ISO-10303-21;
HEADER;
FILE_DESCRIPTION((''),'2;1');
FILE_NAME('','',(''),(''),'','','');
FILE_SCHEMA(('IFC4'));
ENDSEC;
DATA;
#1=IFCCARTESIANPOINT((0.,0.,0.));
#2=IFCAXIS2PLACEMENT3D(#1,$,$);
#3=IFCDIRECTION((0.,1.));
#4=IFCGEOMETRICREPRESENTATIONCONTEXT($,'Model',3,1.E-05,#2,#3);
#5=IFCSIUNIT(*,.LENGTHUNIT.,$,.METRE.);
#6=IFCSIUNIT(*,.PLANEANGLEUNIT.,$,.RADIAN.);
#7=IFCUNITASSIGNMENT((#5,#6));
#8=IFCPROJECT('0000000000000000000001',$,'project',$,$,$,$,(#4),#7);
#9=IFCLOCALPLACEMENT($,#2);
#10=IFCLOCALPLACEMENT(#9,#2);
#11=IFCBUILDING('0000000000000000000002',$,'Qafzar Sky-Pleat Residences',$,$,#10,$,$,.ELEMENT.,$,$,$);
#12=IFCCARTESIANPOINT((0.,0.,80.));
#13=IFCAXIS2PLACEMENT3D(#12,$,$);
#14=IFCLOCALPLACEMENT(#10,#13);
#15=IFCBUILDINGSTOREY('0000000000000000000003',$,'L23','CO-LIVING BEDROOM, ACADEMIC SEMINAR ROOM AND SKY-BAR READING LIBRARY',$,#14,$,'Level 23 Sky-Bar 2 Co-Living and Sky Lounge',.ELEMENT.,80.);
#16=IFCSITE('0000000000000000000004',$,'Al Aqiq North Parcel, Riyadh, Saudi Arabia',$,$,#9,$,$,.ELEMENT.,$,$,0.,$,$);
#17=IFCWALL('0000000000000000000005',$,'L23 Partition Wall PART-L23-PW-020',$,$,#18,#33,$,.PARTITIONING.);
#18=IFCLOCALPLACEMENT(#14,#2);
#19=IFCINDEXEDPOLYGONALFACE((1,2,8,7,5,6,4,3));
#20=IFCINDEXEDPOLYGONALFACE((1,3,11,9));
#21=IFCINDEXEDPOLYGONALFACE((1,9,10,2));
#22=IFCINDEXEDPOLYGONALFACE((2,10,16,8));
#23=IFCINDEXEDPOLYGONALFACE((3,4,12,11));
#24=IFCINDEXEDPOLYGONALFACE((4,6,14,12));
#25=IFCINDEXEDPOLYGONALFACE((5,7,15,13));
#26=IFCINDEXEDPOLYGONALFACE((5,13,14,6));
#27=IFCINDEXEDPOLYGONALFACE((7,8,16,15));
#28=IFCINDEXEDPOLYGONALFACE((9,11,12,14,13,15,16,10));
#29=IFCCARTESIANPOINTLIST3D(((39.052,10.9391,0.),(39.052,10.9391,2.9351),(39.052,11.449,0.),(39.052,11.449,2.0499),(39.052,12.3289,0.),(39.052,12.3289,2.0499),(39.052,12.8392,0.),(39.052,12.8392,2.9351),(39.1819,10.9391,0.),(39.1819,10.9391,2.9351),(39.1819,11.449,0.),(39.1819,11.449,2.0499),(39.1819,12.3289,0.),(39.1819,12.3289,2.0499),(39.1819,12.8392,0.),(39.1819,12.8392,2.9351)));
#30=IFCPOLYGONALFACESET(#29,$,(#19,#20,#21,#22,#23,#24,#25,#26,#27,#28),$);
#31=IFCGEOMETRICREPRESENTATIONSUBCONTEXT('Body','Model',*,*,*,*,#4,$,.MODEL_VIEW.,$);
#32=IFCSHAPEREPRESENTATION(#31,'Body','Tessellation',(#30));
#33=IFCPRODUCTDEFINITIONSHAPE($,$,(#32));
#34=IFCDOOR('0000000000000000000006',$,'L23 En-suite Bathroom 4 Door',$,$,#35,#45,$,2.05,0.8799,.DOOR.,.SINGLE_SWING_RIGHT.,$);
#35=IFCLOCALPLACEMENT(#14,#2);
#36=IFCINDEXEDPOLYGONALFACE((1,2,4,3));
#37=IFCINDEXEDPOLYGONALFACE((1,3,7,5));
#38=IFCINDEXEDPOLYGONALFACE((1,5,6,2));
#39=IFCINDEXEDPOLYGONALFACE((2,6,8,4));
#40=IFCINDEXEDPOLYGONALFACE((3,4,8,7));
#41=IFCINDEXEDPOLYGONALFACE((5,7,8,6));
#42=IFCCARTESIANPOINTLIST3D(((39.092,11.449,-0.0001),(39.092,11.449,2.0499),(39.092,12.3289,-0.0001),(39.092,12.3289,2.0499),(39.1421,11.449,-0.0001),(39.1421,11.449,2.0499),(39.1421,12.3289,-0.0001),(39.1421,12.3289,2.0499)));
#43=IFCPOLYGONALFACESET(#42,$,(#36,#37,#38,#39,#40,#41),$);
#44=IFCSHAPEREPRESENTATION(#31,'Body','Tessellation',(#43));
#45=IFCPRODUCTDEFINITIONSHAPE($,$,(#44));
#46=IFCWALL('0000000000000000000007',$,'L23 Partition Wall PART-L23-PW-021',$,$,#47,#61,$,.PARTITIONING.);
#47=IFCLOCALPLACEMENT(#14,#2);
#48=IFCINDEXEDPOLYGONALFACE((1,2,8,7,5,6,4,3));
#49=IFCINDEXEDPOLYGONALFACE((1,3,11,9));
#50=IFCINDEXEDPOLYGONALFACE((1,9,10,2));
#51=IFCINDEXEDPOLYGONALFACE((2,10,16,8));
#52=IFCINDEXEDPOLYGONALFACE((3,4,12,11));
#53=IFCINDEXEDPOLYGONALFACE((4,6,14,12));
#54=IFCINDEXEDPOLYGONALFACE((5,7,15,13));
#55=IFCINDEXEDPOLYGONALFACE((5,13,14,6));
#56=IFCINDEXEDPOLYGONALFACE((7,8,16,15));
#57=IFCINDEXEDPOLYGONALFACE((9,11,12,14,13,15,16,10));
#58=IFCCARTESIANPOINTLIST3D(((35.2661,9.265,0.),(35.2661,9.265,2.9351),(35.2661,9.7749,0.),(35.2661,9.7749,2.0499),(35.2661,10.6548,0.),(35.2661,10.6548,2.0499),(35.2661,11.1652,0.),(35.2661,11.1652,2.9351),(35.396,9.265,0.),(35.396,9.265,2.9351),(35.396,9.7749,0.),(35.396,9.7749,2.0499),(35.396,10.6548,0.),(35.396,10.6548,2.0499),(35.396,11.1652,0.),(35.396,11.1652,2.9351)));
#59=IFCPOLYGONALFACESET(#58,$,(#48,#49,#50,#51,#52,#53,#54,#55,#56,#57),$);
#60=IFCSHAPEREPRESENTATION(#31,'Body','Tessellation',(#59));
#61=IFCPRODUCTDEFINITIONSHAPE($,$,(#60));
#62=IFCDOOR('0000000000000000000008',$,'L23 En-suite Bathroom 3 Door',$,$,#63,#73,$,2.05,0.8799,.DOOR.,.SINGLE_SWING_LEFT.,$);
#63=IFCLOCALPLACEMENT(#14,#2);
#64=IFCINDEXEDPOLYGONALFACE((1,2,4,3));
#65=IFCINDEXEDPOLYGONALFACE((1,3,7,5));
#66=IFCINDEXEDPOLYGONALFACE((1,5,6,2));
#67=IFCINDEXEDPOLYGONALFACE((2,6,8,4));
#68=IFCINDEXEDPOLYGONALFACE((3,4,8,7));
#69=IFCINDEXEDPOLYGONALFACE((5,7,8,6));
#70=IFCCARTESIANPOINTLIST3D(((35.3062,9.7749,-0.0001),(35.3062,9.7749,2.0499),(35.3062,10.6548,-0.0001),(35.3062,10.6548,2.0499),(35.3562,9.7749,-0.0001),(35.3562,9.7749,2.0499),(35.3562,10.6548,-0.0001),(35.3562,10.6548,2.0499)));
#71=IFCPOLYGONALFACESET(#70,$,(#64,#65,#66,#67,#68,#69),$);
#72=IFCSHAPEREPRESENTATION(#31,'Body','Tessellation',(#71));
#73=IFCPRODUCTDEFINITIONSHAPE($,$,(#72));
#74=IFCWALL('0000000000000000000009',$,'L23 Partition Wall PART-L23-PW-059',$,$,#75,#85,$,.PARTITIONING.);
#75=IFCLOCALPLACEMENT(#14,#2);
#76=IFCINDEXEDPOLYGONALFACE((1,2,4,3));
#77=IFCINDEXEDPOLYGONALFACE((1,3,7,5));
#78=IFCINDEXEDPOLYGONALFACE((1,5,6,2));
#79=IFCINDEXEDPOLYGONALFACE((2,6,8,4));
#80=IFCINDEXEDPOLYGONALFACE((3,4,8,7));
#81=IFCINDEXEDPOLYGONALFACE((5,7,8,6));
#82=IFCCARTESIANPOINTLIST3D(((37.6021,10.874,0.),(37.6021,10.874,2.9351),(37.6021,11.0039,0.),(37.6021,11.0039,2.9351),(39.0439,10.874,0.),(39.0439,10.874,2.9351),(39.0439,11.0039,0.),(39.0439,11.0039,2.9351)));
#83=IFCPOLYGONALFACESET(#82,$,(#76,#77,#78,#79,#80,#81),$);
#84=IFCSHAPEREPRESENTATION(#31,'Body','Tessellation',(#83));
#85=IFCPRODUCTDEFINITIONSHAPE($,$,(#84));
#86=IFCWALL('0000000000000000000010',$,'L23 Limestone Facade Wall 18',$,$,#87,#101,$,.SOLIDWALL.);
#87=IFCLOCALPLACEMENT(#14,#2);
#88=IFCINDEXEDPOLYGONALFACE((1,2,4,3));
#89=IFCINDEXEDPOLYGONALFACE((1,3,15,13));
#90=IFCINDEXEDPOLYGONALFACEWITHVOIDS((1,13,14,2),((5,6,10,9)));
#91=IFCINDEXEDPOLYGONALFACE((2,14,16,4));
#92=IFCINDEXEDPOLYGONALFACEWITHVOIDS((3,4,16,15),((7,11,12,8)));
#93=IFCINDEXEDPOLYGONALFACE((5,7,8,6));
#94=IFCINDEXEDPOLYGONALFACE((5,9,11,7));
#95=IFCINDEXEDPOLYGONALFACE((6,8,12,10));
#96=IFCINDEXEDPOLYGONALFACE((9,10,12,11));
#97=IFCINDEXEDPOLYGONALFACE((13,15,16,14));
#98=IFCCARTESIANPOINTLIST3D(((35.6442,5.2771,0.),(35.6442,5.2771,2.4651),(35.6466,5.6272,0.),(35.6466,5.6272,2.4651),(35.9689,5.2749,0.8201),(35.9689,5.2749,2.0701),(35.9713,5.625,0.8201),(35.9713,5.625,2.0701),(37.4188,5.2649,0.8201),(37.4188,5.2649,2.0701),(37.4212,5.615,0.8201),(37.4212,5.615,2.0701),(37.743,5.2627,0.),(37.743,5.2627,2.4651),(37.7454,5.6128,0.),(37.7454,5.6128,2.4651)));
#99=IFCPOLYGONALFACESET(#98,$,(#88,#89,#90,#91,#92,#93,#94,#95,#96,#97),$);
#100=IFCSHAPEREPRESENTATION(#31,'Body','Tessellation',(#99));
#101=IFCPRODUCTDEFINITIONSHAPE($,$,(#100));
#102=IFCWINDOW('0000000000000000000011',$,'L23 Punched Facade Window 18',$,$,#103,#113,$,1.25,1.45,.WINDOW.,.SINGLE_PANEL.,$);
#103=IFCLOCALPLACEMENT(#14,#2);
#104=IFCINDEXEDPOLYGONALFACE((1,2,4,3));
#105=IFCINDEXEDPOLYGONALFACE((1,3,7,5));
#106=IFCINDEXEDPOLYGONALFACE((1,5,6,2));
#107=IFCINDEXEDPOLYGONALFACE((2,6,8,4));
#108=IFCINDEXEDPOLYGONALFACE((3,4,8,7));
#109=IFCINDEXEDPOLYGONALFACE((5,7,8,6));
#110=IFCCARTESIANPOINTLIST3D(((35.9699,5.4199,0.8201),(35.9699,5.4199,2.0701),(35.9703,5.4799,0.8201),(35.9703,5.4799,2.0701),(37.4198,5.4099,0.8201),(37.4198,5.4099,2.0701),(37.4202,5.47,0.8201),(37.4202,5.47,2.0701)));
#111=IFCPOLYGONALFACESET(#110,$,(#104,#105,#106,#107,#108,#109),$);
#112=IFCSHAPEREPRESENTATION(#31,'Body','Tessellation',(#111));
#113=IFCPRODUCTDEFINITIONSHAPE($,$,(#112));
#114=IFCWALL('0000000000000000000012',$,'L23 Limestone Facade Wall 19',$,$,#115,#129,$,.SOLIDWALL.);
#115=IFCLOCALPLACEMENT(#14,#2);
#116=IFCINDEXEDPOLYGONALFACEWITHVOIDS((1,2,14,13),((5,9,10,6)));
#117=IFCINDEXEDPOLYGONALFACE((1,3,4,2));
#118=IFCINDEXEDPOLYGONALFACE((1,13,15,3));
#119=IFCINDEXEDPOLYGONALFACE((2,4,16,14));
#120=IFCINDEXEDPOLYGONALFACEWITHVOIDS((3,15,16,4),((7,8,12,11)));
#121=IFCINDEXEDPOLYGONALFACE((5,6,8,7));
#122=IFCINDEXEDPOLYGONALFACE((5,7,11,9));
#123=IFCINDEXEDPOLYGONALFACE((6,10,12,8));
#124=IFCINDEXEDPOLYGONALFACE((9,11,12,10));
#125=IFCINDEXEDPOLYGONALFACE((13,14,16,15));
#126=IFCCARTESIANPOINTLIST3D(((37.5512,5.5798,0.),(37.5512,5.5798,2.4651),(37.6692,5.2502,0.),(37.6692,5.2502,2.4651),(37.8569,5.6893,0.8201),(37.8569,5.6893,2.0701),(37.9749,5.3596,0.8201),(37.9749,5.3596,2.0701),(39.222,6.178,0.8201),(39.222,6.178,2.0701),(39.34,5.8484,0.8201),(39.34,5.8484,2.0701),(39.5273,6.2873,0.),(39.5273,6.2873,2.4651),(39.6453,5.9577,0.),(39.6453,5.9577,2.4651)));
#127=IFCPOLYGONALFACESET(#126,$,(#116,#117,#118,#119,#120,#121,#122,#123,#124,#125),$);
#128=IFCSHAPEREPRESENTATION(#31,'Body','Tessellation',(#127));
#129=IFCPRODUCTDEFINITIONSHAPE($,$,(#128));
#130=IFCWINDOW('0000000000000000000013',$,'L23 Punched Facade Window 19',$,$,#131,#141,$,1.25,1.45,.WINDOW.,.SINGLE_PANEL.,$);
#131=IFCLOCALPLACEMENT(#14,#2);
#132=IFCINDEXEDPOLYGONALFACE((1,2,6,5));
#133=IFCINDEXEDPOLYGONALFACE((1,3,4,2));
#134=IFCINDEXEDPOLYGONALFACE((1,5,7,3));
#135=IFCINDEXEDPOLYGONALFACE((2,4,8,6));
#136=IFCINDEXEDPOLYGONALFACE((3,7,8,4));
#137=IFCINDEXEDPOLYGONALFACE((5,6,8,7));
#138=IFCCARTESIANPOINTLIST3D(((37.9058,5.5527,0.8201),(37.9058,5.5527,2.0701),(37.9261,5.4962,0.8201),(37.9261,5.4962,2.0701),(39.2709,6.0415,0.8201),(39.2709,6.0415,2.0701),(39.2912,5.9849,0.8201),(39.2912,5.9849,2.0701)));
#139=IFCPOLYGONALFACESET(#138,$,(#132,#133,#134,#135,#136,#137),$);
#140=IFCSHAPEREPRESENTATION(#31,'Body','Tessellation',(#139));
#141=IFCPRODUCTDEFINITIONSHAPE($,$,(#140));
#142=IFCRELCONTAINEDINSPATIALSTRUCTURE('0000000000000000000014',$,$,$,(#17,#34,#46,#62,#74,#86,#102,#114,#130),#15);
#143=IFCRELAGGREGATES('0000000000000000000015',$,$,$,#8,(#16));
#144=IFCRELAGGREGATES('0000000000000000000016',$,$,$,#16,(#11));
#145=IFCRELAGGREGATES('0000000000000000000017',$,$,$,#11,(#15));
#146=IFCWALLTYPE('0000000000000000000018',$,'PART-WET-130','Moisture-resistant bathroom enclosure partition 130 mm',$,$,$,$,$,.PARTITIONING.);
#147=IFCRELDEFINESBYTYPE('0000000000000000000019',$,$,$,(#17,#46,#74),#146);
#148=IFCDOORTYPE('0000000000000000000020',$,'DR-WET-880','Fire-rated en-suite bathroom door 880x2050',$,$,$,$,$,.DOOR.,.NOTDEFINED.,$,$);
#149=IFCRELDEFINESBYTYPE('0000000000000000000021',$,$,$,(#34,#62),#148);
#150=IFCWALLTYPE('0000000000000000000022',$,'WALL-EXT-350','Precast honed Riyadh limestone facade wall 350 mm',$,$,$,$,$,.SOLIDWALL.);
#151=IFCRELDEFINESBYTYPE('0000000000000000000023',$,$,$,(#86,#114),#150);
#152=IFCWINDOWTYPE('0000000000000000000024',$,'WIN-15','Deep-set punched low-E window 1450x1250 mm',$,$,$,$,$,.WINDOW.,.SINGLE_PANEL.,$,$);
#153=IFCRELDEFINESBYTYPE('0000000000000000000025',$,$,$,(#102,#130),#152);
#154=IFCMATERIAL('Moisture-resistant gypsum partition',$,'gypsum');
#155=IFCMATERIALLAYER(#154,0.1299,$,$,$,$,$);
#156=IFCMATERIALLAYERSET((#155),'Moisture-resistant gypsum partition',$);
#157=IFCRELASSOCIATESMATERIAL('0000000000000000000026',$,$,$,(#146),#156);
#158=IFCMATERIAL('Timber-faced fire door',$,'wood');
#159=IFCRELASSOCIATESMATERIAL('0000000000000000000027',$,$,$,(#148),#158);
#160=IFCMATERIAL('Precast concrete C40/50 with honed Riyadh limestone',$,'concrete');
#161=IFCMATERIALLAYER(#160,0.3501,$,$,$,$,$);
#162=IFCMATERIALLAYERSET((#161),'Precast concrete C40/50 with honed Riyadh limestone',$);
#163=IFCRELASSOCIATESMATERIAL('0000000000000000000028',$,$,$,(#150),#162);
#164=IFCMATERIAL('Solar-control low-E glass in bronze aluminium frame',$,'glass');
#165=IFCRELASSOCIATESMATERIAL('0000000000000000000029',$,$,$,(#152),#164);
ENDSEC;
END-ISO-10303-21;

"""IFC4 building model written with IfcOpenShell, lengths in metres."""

from ifc_helpers import new_model, si_unit, direction, frame, frame_2d, origin, place, context, subcontext, project, spatial, rectangle, extrude, source, transform, mapped, material, layer, layer_set, type_object, element, fill, save


model = new_model("IFC4")

# Units and contexts
model_context = context("Model", 3, precision=1e-05, world=origin(), true_north=direction((0.0, 1.0)))
body_context = subcontext(model_context, "Body", "Model", "MODEL_VIEW")
ifc_project = project(units=[si_unit("LENGTHUNIT", "METRE"), si_unit("PLANEANGLEUNIT", "RADIAN")], contexts=[model_context])

# Site, building, storey
site_placement = place(None, origin())
site = spatial("IfcSite", under=ifc_project, at=site_placement, Name="Al Aqiq North Parcel, Riyadh, Saudi Arabia", CompositionType="ELEMENT", RefElevation=0.0)
building_placement = place(site_placement, origin())
building = spatial("IfcBuilding", under=site, at=building_placement, Name="Qafzar Sky-Pleat Residences", CompositionType="ELEMENT")
storey_placement = place(building_placement, frame((0.0, 0.0, 80.0)))
storey = spatial("IfcBuildingStorey", under=building, at=storey_placement, Name="L23", Description="CO-LIVING BEDROOM, ACADEMIC SEMINAR ROOM AND SKY-BAR READING LIBRARY", LongName="Level 23 Sky-Bar 2 Co-Living and Sky Lounge", CompositionType="ELEMENT", Elevation=80.0)

# Walls, openings, doors
ifc_material_1 = material(Name="Moisture-resistant gypsum partition", Category="gypsum")
ifc_layer_1 = layer(ifc_material_1, 0.1299)
ifc_layer_set_1 = layer_set([ifc_layer_1], Name="Moisture-resistant gypsum partition")
wall_type_1 = type_object("IfcWallType", Name="PART-WET-130", Description="Moisture-resistant bathroom enclosure partition 130 mm", PredefinedType="PARTITIONING", material=ifc_layer_set_1)
wall_1_placement = place(storey_placement, frame((39.1169, 10.939, 0.0), z_axis=(0.0, 0.0, 1.0), x_axis=(0.0, 1.0, 0.0)))
wall_1 = element("IfcWall", 1, at=wall_1_placement, inside=storey, type_object=wall_type_1, Name="L23 Partition Wall PART-L23-PW-020", PredefinedType="PARTITIONING", context=body_context, shape_type="SweptSolid", body=[
    extrude(rectangle(XDim=1.9001, YDim=0.1299, at=frame_2d((0.9502, 0.0))), origin(), (0.0, 0.0, 1.0), 2.9351),
])
opening_1_placement = place(wall_1_placement, frame((0.51, 0.0, 0.0)))
opening_1 = element("IfcOpeningElement", 2, at=opening_1_placement, cuts=wall_1, PredefinedType="OPENING", context=body_context, shape_type="SweptSolid", body=[
    extrude(rectangle(XDim=0.8799, YDim=2.05, at=frame_2d((0.4399, 1.0249))), frame((0.0, 0.075, 0.0), z_axis=(0.0, -1.0, 0.0), x_axis=(1.0, 0.0, 0.0)), (0.0, 0.0, 1.0), 0.1499),
])
ifc_material_2 = material(Name="Timber-faced fire door", Category="wood")
door_type = type_object("IfcDoorType", Name="DR-WET-880", Description="Fire-rated en-suite bathroom door 880x2050", OperationType="NOTDEFINED", PredefinedType="DOOR", material=ifc_material_2)
shared_shape_1 = source(origin(), body_context, "Body", "SweptSolid", [
    extrude(rectangle(XDim=0.8799, YDim=2.05, at=frame_2d((0.4399, 1.0249))), frame((0.0, 0.0249, 0.0), z_axis=(0.0, -1.0, 0.0), x_axis=(1.0, 0.0, 0.0)), (0.0, 0.0, 1.0), 0.05),
])
door_1_placement = place(opening_1_placement, origin())
door_1 = element("IfcDoor", 3, at=door_1_placement, inside=storey, type_object=door_type, Name="L23 En-suite Bathroom 4 Door", OperationType="SINGLE_SWING_RIGHT", OverallHeight=2.05, OverallWidth=0.8799, PredefinedType="DOOR", context=body_context, shape_type="MappedRepresentation", body=[
    mapped(shared_shape_1, transform((0.0, 0.0, 0.0), x_axis=(1.0, 0.0, 0.0), y_axis=(0.0, 1.0, 0.0), z_axis=(0.0, 0.0, 1.0), scale=1.0)),
])
fill(opening_1, door_1)
wall_2_placement = place(storey_placement, frame((35.3311, 9.2649, 0.0), z_axis=(0.0, 0.0, 1.0), x_axis=(0.0, 1.0, 0.0)))
wall_2 = element("IfcWall", 4, at=wall_2_placement, inside=storey, type_object=wall_type_1, Name="L23 Partition Wall PART-L23-PW-021", PredefinedType="PARTITIONING", context=body_context, shape_type="SweptSolid", body=[
    extrude(rectangle(XDim=1.9001, YDim=0.1299, at=frame_2d((0.9502, 0.0))), origin(), (0.0, 0.0, 1.0), 2.9351),
])
opening_2_placement = place(wall_2_placement, frame((0.51, 0.0, 0.0)))
opening_2 = element("IfcOpeningElement", 5, at=opening_2_placement, cuts=wall_2, PredefinedType="OPENING", context=body_context, shape_type="SweptSolid", body=[
    extrude(rectangle(XDim=0.8799, YDim=2.05, at=frame_2d((0.4399, 1.0249))), frame((0.0, 0.075, 0.0), z_axis=(0.0, -1.0, 0.0), x_axis=(1.0, 0.0, 0.0)), (0.0, 0.0, 1.0), 0.1499),
])
door_2_placement = place(opening_2_placement, origin())
door_2 = element("IfcDoor", 6, at=door_2_placement, inside=storey, type_object=door_type, Name="L23 En-suite Bathroom 3 Door", OperationType="SINGLE_SWING_LEFT", OverallHeight=2.05, OverallWidth=0.8799, PredefinedType="DOOR", context=body_context, shape_type="MappedRepresentation", body=[
    mapped(shared_shape_1, transform((0.0, 0.0, 0.0), x_axis=(1.0, 0.0, 0.0), y_axis=(0.0, 1.0, 0.0), z_axis=(0.0, 0.0, 1.0), scale=1.0)),
])
fill(opening_2, door_2)

# Wall
wall_3_placement = place(storey_placement, frame((37.6021, 10.939, 0.0), z_axis=(0.0, 0.0, 1.0), x_axis=(1.0, 0.0, 0.0)))
element("IfcWall", 7, at=wall_3_placement, inside=storey, type_object=wall_type_1, Name="L23 Partition Wall PART-L23-PW-059", PredefinedType="PARTITIONING", context=body_context, shape_type="SweptSolid", body=[
    extrude(rectangle(XDim=1.4419, YDim=0.1299, at=frame_2d((0.7209, 0.0))), origin(), (0.0, 0.0, 1.0), 2.9351),
])

# Walls, openings, windows
ifc_material_3 = material(Name="Precast concrete C40/50 with honed Riyadh limestone", Category="concrete")
ifc_layer_2 = layer(ifc_material_3, 0.3501)
ifc_layer_set_2 = layer_set([ifc_layer_2], Name="Precast concrete C40/50 with honed Riyadh limestone")
wall_type_2 = type_object("IfcWallType", Name="WALL-EXT-350", Description="Precast honed Riyadh limestone facade wall 350 mm", PredefinedType="SOLIDWALL", material=ifc_layer_set_2)
wall_4_placement = place(storey_placement, frame((35.6455, 5.4521, 0.0), z_axis=(0.0, 0.0, 1.0), x_axis=(0.999976, -0.006863, 0.0)))
wall_4 = element("IfcWall", 8, at=wall_4_placement, inside=storey, type_object=wall_type_2, Name="L23 Limestone Facade Wall 18", PredefinedType="SOLIDWALL", context=body_context, shape_type="SweptSolid", body=[
    extrude(rectangle(XDim=2.0989, YDim=0.3501, at=frame_2d((1.0493, 0.0))), origin(), (0.0, 0.0, 1.0), 2.4651),
])
opening_3_placement = place(wall_4_placement, frame((0.3245, 0.0, 0.8201)))
opening_3 = element("IfcOpeningElement", 9, at=opening_3_placement, cuts=wall_4, PredefinedType="OPENING", context=body_context, shape_type="SweptSolid", body=[
    extrude(rectangle(XDim=1.45, YDim=1.25, at=frame_2d((0.7251, 0.625))), frame((0.0, 0.1851, 0.0), z_axis=(0.0, -1.0, 0.0), x_axis=(1.0, 0.0, 0.0)), (0.0, 0.0, 1.0), 0.3701),
])
ifc_material_4 = material(Name="Solar-control low-E glass in bronze aluminium frame", Category="glass")
window_type_1 = type_object("IfcWindowType", Name="WIN-15", Description="Deep-set punched low-E window 1450x1250 mm", PartitioningType="SINGLE_PANEL", PredefinedType="WINDOW", material=ifc_material_4)
shared_shape_2 = source(origin(), body_context, "Body", "SweptSolid", [
    extrude(rectangle(XDim=1.45, YDim=1.25, at=frame_2d((0.7251, 0.625))), frame((0.0, 0.03, 0.0), z_axis=(0.0, -1.0, 0.0), x_axis=(1.0, 0.0, 0.0)), (0.0, 0.0, 1.0), 0.0601),
])
window_1_placement = place(opening_3_placement, origin())
window_1 = element("IfcWindow", 10, at=window_1_placement, inside=storey, type_object=window_type_1, Name="L23 Punched Facade Window 18", OverallHeight=1.25, OverallWidth=1.45, PartitioningType="SINGLE_PANEL", PredefinedType="WINDOW", context=body_context, shape_type="MappedRepresentation", body=[
    mapped(shared_shape_2, transform((0.0, 0.0, 0.0), x_axis=(1.0, 0.0, 0.0), y_axis=(0.0, 1.0, 0.0), z_axis=(0.0, 0.0, 1.0), scale=1.0)),
])
fill(opening_3, window_1)
wall_5_placement = place(storey_placement, frame((37.6104, 5.415, 0.0), z_axis=(0.0, 0.0, 1.0), x_axis=(0.941473, 0.337088, 0.0)))
wall_5 = element("IfcWall", 11, at=wall_5_placement, inside=storey, type_object=wall_type_2, Name="L23 Limestone Facade Wall 19", PredefinedType="SOLIDWALL", context=body_context, shape_type="SweptSolid", body=[
    extrude(rectangle(XDim=2.0989, YDim=0.3501, at=frame_2d((1.0493, 0.0))), origin(), (0.0, 0.0, 1.0), 2.4651),
])
opening_4_placement = place(wall_5_placement, frame((0.3245, 0.0, 0.8201)))
opening_4 = element("IfcOpeningElement", 12, at=opening_4_placement, cuts=wall_5, PredefinedType="OPENING", context=body_context, shape_type="SweptSolid", body=[
    extrude(rectangle(XDim=1.45, YDim=1.25, at=frame_2d((0.7251, 0.625))), frame((0.0, 0.1851, 0.0), z_axis=(0.0, -1.0, 0.0), x_axis=(1.0, 0.0, 0.0)), (0.0, 0.0, 1.0), 0.3701),
])
window_2_placement = place(opening_4_placement, origin())
window_2 = element("IfcWindow", 13, at=window_2_placement, inside=storey, type_object=window_type_1, Name="L23 Punched Facade Window 19", OverallHeight=1.25, OverallWidth=1.45, PartitioningType="SINGLE_PANEL", PredefinedType="WINDOW", context=body_context, shape_type="MappedRepresentation", body=[
    mapped(shared_shape_2, transform((0.0, 0.0, 0.0), x_axis=(1.0, 0.0, 0.0), y_axis=(0.0, 1.0, 0.0), z_axis=(0.0, 0.0, 1.0), scale=1.0)),
])
fill(opening_4, window_2)

save(model, "model.ifc")
